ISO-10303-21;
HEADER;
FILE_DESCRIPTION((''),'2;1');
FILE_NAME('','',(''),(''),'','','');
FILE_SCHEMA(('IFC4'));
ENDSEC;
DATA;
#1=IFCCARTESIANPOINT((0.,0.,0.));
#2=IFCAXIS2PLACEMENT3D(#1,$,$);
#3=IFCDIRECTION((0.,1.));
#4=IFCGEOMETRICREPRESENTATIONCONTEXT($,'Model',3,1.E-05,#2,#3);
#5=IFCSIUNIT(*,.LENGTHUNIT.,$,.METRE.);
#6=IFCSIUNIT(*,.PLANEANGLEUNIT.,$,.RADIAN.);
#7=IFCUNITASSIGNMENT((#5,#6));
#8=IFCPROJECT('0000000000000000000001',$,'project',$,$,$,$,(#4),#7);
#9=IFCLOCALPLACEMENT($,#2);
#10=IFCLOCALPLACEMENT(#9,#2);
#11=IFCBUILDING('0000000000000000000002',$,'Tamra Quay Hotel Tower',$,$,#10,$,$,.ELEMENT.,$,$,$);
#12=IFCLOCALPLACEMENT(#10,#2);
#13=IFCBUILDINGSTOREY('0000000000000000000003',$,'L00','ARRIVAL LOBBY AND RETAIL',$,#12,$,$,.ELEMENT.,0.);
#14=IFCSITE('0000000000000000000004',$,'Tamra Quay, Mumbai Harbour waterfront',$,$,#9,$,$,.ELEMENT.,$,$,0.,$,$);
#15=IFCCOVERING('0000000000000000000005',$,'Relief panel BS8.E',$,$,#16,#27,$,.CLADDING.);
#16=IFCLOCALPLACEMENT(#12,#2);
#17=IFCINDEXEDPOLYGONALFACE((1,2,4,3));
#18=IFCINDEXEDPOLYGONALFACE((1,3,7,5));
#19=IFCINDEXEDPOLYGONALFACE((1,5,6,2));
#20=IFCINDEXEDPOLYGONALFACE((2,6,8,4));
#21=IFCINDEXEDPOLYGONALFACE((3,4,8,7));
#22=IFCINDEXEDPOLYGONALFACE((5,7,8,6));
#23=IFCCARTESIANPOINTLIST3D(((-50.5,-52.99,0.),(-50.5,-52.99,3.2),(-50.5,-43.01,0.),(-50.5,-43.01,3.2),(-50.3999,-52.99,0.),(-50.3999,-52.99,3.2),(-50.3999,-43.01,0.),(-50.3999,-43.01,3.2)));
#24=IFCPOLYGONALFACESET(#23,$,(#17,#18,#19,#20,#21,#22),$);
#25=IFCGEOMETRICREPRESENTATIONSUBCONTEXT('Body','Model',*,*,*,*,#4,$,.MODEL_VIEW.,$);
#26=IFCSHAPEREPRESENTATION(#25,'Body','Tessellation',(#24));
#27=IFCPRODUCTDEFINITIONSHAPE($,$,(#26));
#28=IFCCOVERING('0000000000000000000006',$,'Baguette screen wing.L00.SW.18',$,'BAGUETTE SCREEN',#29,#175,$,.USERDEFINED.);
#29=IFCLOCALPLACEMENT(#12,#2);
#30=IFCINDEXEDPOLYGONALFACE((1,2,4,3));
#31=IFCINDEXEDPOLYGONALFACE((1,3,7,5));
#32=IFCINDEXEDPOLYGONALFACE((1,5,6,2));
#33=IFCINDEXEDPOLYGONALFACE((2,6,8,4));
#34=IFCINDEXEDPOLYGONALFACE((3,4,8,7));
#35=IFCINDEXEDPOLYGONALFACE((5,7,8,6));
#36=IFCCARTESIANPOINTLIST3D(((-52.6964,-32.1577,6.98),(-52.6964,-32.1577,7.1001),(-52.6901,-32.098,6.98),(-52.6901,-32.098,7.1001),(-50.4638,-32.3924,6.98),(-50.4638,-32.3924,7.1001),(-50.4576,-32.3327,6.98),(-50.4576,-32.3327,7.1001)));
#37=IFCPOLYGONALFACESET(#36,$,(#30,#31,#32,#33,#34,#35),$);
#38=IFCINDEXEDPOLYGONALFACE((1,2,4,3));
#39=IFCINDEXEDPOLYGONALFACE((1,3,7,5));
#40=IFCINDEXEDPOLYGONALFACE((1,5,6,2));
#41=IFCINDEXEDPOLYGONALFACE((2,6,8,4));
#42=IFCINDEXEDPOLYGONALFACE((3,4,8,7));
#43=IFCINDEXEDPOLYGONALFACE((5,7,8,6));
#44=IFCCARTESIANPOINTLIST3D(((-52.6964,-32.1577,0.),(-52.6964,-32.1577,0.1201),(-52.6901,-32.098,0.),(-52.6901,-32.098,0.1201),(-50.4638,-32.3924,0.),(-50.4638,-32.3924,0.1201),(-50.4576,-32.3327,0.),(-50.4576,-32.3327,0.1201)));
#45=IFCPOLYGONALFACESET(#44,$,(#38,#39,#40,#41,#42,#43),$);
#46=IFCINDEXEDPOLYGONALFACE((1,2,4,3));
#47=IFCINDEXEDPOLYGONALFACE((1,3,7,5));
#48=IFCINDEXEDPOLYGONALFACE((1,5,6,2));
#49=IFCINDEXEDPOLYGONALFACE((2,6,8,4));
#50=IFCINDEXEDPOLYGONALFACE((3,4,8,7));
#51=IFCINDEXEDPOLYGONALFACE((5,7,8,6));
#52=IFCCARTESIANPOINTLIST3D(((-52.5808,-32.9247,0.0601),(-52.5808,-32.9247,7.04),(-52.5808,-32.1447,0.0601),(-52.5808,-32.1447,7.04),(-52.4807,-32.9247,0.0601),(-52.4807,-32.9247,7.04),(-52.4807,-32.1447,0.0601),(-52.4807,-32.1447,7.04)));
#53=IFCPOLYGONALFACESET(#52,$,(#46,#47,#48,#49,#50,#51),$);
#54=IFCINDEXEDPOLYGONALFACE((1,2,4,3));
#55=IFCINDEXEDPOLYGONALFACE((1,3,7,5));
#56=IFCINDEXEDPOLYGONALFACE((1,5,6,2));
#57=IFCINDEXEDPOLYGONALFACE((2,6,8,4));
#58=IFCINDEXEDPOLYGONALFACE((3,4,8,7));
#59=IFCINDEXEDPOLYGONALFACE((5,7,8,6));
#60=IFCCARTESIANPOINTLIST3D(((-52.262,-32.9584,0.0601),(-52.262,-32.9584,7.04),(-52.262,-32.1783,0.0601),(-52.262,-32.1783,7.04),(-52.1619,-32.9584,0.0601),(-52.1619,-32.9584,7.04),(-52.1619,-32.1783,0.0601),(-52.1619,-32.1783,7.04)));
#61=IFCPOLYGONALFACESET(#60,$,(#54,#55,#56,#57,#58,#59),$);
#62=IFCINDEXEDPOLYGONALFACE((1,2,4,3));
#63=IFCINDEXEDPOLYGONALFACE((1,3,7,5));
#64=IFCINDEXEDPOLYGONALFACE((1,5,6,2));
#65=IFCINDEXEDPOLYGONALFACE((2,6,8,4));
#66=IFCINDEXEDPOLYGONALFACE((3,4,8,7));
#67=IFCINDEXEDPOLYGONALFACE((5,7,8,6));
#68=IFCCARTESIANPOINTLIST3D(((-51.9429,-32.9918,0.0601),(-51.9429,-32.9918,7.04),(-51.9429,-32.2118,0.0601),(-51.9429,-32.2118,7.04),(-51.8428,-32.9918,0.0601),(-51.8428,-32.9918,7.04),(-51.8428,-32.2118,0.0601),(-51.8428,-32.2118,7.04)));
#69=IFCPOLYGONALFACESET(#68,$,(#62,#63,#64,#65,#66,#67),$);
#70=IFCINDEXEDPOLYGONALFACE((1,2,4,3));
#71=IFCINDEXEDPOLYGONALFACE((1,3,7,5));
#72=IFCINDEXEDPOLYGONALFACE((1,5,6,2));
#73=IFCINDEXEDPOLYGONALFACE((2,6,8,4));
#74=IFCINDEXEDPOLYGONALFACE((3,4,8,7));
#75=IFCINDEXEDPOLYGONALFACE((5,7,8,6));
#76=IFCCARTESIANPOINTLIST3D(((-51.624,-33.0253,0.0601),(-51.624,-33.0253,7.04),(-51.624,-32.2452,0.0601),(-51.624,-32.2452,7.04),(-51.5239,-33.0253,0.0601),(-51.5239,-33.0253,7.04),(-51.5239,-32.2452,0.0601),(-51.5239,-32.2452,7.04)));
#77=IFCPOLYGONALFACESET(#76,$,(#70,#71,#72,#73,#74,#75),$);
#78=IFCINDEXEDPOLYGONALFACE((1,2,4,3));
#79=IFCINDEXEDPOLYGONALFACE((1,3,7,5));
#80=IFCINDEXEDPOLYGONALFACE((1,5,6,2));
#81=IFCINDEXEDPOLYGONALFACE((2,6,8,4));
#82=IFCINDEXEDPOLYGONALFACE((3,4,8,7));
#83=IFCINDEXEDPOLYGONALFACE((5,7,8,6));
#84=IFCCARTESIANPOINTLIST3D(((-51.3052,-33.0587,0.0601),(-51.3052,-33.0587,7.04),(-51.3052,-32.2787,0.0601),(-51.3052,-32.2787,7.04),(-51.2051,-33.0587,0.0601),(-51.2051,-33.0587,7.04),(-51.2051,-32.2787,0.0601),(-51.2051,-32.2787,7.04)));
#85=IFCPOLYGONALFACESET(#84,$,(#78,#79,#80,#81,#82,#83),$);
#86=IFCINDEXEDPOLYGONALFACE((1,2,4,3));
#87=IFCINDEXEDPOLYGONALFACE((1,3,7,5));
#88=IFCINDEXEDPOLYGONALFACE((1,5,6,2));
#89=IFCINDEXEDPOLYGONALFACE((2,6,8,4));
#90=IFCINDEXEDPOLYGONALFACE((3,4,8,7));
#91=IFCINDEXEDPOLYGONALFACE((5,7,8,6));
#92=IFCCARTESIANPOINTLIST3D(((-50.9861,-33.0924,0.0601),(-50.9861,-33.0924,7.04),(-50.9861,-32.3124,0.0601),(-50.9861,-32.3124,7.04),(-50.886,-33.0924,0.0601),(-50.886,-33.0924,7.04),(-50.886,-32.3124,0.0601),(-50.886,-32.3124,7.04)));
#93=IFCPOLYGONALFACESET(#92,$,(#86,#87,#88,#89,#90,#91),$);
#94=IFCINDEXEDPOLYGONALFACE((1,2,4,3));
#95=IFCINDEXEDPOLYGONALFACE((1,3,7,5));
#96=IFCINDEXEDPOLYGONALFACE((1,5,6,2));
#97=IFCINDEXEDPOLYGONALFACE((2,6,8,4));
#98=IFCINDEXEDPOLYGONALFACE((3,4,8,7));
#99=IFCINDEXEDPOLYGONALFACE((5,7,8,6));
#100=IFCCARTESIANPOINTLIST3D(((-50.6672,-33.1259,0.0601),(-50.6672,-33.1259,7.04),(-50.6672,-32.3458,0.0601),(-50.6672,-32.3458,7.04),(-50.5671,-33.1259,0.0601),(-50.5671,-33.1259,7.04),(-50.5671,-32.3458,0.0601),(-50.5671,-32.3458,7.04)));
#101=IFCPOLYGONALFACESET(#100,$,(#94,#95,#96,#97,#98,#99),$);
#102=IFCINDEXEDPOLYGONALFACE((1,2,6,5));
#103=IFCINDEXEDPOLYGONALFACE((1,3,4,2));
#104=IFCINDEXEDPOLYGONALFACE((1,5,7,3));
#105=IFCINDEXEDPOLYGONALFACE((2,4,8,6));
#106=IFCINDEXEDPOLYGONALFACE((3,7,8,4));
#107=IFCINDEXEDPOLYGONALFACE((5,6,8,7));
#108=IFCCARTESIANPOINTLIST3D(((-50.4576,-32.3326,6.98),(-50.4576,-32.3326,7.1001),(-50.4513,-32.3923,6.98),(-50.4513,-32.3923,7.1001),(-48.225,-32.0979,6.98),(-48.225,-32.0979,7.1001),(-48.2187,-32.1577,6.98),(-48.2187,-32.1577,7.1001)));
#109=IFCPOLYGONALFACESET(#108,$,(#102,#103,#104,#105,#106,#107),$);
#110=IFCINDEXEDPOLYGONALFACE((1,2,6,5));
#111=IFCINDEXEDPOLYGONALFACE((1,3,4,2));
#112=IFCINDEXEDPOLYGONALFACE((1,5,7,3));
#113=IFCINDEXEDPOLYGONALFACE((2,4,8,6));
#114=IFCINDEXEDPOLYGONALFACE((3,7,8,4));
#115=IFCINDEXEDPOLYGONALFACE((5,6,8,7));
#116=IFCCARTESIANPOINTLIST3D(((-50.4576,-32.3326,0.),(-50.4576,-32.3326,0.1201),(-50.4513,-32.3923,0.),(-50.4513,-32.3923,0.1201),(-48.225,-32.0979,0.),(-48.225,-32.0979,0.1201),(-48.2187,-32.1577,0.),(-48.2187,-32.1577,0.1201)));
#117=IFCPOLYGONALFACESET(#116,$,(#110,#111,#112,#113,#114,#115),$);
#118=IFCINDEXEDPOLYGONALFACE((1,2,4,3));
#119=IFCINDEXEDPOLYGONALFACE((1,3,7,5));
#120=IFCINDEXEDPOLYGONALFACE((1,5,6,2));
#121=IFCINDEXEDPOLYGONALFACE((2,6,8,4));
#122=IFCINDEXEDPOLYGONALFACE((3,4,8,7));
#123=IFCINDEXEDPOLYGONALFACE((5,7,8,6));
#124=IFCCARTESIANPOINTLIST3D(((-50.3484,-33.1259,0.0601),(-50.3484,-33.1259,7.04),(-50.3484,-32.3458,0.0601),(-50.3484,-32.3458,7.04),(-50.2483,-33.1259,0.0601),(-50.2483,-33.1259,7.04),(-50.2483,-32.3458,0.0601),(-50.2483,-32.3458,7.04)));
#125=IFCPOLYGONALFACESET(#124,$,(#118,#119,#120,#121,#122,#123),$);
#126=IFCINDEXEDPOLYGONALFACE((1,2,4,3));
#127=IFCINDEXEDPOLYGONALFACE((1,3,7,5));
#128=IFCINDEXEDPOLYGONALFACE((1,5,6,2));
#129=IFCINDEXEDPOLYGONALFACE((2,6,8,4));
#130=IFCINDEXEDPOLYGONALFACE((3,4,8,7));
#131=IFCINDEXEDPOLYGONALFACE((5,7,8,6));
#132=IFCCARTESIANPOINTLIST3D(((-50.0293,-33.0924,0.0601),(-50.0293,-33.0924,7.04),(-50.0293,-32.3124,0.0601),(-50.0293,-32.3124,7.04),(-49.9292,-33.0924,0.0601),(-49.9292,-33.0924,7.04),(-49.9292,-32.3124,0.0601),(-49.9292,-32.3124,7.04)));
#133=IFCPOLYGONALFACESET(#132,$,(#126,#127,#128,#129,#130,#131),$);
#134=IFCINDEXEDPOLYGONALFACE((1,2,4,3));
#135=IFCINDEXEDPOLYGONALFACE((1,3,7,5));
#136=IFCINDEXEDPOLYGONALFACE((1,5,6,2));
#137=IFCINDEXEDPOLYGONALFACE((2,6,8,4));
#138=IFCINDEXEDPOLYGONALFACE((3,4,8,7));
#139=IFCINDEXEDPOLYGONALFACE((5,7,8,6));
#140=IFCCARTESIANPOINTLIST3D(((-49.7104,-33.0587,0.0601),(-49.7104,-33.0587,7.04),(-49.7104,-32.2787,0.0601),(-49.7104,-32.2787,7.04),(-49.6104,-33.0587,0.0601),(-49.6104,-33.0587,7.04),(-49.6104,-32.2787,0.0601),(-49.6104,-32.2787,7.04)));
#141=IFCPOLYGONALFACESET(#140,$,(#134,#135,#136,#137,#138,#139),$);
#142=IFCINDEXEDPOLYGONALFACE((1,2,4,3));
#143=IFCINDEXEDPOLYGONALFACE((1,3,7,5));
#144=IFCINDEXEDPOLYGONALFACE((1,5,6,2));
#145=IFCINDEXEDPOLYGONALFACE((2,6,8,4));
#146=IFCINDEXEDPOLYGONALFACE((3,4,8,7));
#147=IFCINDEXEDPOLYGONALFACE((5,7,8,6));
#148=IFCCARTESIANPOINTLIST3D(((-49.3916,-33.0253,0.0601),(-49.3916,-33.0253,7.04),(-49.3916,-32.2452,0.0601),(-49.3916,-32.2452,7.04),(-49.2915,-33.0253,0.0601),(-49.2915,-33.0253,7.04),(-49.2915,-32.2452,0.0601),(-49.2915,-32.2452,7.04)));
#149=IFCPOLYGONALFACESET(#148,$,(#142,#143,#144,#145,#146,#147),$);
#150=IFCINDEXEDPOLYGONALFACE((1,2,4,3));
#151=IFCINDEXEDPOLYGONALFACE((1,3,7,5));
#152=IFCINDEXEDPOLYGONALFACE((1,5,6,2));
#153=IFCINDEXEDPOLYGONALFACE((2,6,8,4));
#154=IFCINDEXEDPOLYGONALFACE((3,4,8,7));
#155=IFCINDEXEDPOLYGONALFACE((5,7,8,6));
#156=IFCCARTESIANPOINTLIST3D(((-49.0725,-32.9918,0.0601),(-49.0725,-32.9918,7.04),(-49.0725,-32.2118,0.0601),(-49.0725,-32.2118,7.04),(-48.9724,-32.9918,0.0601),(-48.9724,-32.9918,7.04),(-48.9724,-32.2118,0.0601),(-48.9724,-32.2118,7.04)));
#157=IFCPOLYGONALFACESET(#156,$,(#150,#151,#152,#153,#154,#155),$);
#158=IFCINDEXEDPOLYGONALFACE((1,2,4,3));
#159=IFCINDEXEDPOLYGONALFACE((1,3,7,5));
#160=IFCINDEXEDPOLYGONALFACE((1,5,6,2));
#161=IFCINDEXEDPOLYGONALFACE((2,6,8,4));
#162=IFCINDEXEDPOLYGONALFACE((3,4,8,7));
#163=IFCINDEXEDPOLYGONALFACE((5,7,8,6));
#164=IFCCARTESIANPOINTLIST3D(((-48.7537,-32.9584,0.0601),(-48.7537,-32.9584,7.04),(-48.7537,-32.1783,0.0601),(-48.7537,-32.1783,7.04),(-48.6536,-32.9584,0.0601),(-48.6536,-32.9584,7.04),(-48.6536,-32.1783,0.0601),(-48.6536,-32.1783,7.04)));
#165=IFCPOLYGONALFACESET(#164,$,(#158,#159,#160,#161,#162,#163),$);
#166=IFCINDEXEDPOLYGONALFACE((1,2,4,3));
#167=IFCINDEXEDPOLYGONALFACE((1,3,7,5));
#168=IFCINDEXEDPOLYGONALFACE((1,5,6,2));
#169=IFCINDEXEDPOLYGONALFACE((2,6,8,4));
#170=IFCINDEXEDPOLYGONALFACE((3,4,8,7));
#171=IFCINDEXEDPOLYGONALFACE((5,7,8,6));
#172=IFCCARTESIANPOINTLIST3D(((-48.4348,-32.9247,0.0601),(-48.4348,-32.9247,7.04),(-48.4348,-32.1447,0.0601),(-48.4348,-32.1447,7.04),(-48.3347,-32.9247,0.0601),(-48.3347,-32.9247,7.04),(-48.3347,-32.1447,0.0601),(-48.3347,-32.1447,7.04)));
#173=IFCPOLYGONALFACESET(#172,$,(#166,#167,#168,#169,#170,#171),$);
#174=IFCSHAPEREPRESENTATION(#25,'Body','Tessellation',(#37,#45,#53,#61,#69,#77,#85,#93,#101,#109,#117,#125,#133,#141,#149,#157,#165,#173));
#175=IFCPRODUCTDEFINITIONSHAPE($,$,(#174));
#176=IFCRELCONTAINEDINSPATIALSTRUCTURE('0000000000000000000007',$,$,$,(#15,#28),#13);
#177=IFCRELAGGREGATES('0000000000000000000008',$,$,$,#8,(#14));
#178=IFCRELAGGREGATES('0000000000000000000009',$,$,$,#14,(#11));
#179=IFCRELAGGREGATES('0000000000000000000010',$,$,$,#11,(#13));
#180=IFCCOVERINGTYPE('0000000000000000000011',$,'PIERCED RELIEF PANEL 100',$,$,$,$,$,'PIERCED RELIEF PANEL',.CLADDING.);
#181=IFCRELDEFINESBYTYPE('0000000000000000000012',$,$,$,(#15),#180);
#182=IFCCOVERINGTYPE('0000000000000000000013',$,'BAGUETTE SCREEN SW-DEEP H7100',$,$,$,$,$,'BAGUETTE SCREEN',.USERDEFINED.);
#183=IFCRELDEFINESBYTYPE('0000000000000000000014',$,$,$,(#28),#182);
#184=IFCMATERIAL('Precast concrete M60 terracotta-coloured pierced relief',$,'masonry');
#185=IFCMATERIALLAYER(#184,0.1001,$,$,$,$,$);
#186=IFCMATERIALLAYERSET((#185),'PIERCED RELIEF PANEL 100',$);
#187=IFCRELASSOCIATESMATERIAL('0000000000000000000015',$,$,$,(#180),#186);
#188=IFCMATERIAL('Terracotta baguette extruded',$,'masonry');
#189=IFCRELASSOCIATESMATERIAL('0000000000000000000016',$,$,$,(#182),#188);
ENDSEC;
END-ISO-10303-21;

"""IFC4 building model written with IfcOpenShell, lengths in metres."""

from ifc_helpers import new_model, si_unit, direction, frame, frame_2d, origin, origin_2d, place, context, subcontext, project, spatial, rectangle, extrude, source, transform, mapped, material, layer, layer_set, type_object, element, save


model = new_model("IFC4")

# Units and contexts
model_context = context("Model", 3, precision=1e-05, world=origin(), true_north=direction((0.0, 1.0)))
body_context = subcontext(model_context, "Body", "Model", "MODEL_VIEW")
ifc_project = project(units=[si_unit("LENGTHUNIT", "METRE"), si_unit("PLANEANGLEUNIT", "RADIAN")], contexts=[model_context])

# Site, building, storey
site_placement = place(None, origin())
site = spatial("IfcSite", under=ifc_project, at=site_placement, Name="Tamra Quay, Mumbai Harbour waterfront", CompositionType="ELEMENT", RefElevation=0.0)
building_placement = place(site_placement, origin())
building = spatial("IfcBuilding", under=site, at=building_placement, Name="Tamra Quay Hotel Tower", CompositionType="ELEMENT")
storey_placement = place(building_placement, origin())
storey = spatial("IfcBuildingStorey", under=building, at=storey_placement, Name="L00", Description="ARRIVAL LOBBY AND RETAIL", CompositionType="ELEMENT", Elevation=0.0)

# Coverings
ifc_material_1 = material(Name="Precast concrete M60 terracotta-coloured pierced relief", Category="masonry")
ifc_layer_1 = layer(ifc_material_1, 0.1001)
ifc_layer_set_1 = layer_set([ifc_layer_1], Name="PIERCED RELIEF PANEL 100")
covering_type_1 = type_object("IfcCoveringType", Name="PIERCED RELIEF PANEL 100", ElementType="PIERCED RELIEF PANEL", PredefinedType="CLADDING", material=ifc_layer_set_1)
for number, where, z_axis, x_axis, name in (
    (1, (-50.45, -48.0, 0.0), (0.0, 0.0, 1.0), (0.0, 1.0, 0.0), "Relief panel BS8.E"),
):
    element("IfcCovering", number, at=place(storey_placement, frame(where, z_axis=z_axis, x_axis=x_axis)), inside=storey, type_object=covering_type_1, Name=name, PredefinedType="CLADDING", context=body_context, shape_type="SweptSolid", body=[
        extrude(rectangle(XDim=9.98, YDim=0.1001, at=origin_2d()), origin(), (0.0, 0.0, 1.0), 3.2),
    ])
ifc_material_2 = material(Name="Terracotta baguette extruded", Category="masonry")
covering_type_2 = type_object("IfcCoveringType", Name="BAGUETTE SCREEN SW-DEEP H7100", ElementType="BAGUETTE SCREEN", PredefinedType="USERDEFINED", material=ifc_material_2)
shared_shape_1 = source(origin(), body_context, "Body", "SweptSolid", [
    extrude(rectangle(XDim=2.2449, YDim=0.0601, at=frame_2d((1.1226, 0.03))), frame((-2.2388, -0.0576, -0.1201), z_axis=(0.0, 0.0, 1.0), x_axis=(0.994522, -0.104528, 0.0)), (0.0, 0.0, 1.0), 0.1201),
    extrude(rectangle(XDim=2.2449, YDim=0.0601, at=frame_2d((1.1226, 0.03))), frame((-2.2388, -0.0576, -7.1001), z_axis=(0.0, 0.0, 1.0), x_axis=(0.994522, -0.104528, 0.0)), (0.0, 0.0, 1.0), 0.1201),
    extrude(rectangle(XDim=0.1001, YDim=0.78, at=frame_2d((0.05, 0.3901))), frame((-2.123, -0.8247, -7.04)), (0.0, 0.0, 1.0), 6.98),
    extrude(rectangle(XDim=0.1001, YDim=0.78, at=frame_2d((0.05, 0.3901))), frame((-1.8042, -0.8584, -7.04)), (0.0, 0.0, 1.0), 6.98),
    extrude(rectangle(XDim=0.1001, YDim=0.78, at=frame_2d((0.05, 0.3901))), frame((-1.4851, -0.8918, -7.04)), (0.0, 0.0, 1.0), 6.98),
    extrude(rectangle(XDim=0.1001, YDim=0.78, at=frame_2d((0.05, 0.3901))), frame((-1.1663, -0.9253, -7.04)), (0.0, 0.0, 1.0), 6.98),
    extrude(rectangle(XDim=0.1001, YDim=0.78, at=frame_2d((0.05, 0.3901))), frame((-0.8474, -0.9587, -7.04)), (0.0, 0.0, 1.0), 6.98),
    extrude(rectangle(XDim=0.1001, YDim=0.78, at=frame_2d((0.05, 0.3901))), frame((-0.5283, -0.9924, -7.04)), (0.0, 0.0, 1.0), 6.98),
    extrude(rectangle(XDim=0.1001, YDim=0.78, at=frame_2d((0.05, 0.3901))), frame((-0.2095, -1.0259, -7.04)), (0.0, 0.0, 1.0), 6.98),
    extrude(rectangle(XDim=2.2449, YDim=0.0601, at=frame_2d((1.1226, 0.03))), frame((0.0063, -0.2922, -0.1201), z_axis=(0.0, 0.0, 1.0), x_axis=(0.994522, 0.104528, 0.0)), (0.0, 0.0, 1.0), 0.1201),
    extrude(rectangle(XDim=2.2449, YDim=0.0601, at=frame_2d((1.1226, 0.03))), frame((0.0063, -0.2922, -7.1001), z_axis=(0.0, 0.0, 1.0), x_axis=(0.994522, 0.104528, 0.0)), (0.0, 0.0, 1.0), 0.1201),
    extrude(rectangle(XDim=0.1001, YDim=0.78, at=frame_2d((0.05, 0.3901))), frame((0.1094, -1.0259, -7.04)), (0.0, 0.0, 1.0), 6.98),
    extrude(rectangle(XDim=0.1001, YDim=0.78, at=frame_2d((0.05, 0.3901))), frame((0.4285, -0.9924, -7.04)), (0.0, 0.0, 1.0), 6.98),
    extrude(rectangle(XDim=0.1001, YDim=0.78, at=frame_2d((0.05, 0.3901))), frame((0.7473, -0.9587, -7.04)), (0.0, 0.0, 1.0), 6.98),
    extrude(rectangle(XDim=0.1001, YDim=0.78, at=frame_2d((0.05, 0.3901))), frame((1.0662, -0.9253, -7.04)), (0.0, 0.0, 1.0), 6.98),
    extrude(rectangle(XDim=0.1001, YDim=0.78, at=frame_2d((0.05, 0.3901))), frame((1.3853, -0.8918, -7.04)), (0.0, 0.0, 1.0), 6.98),
    extrude(rectangle(XDim=0.1001, YDim=0.78, at=frame_2d((0.05, 0.3901))), frame((1.7041, -0.8584, -7.04)), (0.0, 0.0, 1.0), 6.98),
    extrude(rectangle(XDim=0.1001, YDim=0.78, at=frame_2d((0.05, 0.3901))), frame((2.0229, -0.8247, -7.04)), (0.0, 0.0, 1.0), 6.98),
])
covering_1_placement = place(storey_placement, frame((-50.4578, -32.1001, 7.1001), z_axis=(0.0, 0.0, 1.0), x_axis=(1.0, 0.0, 0.0)))
element("IfcCovering", 2, at=covering_1_placement, inside=storey, type_object=covering_type_2, Name="Baguette screen wing.L00.SW.18", ObjectType="BAGUETTE SCREEN", PredefinedType="USERDEFINED", context=body_context, shape_type="MappedRepresentation", body=[
    mapped(shared_shape_1, transform((0.0, 0.0, 0.0), scale=1.0)),
])

save(model, "model.ifc")
